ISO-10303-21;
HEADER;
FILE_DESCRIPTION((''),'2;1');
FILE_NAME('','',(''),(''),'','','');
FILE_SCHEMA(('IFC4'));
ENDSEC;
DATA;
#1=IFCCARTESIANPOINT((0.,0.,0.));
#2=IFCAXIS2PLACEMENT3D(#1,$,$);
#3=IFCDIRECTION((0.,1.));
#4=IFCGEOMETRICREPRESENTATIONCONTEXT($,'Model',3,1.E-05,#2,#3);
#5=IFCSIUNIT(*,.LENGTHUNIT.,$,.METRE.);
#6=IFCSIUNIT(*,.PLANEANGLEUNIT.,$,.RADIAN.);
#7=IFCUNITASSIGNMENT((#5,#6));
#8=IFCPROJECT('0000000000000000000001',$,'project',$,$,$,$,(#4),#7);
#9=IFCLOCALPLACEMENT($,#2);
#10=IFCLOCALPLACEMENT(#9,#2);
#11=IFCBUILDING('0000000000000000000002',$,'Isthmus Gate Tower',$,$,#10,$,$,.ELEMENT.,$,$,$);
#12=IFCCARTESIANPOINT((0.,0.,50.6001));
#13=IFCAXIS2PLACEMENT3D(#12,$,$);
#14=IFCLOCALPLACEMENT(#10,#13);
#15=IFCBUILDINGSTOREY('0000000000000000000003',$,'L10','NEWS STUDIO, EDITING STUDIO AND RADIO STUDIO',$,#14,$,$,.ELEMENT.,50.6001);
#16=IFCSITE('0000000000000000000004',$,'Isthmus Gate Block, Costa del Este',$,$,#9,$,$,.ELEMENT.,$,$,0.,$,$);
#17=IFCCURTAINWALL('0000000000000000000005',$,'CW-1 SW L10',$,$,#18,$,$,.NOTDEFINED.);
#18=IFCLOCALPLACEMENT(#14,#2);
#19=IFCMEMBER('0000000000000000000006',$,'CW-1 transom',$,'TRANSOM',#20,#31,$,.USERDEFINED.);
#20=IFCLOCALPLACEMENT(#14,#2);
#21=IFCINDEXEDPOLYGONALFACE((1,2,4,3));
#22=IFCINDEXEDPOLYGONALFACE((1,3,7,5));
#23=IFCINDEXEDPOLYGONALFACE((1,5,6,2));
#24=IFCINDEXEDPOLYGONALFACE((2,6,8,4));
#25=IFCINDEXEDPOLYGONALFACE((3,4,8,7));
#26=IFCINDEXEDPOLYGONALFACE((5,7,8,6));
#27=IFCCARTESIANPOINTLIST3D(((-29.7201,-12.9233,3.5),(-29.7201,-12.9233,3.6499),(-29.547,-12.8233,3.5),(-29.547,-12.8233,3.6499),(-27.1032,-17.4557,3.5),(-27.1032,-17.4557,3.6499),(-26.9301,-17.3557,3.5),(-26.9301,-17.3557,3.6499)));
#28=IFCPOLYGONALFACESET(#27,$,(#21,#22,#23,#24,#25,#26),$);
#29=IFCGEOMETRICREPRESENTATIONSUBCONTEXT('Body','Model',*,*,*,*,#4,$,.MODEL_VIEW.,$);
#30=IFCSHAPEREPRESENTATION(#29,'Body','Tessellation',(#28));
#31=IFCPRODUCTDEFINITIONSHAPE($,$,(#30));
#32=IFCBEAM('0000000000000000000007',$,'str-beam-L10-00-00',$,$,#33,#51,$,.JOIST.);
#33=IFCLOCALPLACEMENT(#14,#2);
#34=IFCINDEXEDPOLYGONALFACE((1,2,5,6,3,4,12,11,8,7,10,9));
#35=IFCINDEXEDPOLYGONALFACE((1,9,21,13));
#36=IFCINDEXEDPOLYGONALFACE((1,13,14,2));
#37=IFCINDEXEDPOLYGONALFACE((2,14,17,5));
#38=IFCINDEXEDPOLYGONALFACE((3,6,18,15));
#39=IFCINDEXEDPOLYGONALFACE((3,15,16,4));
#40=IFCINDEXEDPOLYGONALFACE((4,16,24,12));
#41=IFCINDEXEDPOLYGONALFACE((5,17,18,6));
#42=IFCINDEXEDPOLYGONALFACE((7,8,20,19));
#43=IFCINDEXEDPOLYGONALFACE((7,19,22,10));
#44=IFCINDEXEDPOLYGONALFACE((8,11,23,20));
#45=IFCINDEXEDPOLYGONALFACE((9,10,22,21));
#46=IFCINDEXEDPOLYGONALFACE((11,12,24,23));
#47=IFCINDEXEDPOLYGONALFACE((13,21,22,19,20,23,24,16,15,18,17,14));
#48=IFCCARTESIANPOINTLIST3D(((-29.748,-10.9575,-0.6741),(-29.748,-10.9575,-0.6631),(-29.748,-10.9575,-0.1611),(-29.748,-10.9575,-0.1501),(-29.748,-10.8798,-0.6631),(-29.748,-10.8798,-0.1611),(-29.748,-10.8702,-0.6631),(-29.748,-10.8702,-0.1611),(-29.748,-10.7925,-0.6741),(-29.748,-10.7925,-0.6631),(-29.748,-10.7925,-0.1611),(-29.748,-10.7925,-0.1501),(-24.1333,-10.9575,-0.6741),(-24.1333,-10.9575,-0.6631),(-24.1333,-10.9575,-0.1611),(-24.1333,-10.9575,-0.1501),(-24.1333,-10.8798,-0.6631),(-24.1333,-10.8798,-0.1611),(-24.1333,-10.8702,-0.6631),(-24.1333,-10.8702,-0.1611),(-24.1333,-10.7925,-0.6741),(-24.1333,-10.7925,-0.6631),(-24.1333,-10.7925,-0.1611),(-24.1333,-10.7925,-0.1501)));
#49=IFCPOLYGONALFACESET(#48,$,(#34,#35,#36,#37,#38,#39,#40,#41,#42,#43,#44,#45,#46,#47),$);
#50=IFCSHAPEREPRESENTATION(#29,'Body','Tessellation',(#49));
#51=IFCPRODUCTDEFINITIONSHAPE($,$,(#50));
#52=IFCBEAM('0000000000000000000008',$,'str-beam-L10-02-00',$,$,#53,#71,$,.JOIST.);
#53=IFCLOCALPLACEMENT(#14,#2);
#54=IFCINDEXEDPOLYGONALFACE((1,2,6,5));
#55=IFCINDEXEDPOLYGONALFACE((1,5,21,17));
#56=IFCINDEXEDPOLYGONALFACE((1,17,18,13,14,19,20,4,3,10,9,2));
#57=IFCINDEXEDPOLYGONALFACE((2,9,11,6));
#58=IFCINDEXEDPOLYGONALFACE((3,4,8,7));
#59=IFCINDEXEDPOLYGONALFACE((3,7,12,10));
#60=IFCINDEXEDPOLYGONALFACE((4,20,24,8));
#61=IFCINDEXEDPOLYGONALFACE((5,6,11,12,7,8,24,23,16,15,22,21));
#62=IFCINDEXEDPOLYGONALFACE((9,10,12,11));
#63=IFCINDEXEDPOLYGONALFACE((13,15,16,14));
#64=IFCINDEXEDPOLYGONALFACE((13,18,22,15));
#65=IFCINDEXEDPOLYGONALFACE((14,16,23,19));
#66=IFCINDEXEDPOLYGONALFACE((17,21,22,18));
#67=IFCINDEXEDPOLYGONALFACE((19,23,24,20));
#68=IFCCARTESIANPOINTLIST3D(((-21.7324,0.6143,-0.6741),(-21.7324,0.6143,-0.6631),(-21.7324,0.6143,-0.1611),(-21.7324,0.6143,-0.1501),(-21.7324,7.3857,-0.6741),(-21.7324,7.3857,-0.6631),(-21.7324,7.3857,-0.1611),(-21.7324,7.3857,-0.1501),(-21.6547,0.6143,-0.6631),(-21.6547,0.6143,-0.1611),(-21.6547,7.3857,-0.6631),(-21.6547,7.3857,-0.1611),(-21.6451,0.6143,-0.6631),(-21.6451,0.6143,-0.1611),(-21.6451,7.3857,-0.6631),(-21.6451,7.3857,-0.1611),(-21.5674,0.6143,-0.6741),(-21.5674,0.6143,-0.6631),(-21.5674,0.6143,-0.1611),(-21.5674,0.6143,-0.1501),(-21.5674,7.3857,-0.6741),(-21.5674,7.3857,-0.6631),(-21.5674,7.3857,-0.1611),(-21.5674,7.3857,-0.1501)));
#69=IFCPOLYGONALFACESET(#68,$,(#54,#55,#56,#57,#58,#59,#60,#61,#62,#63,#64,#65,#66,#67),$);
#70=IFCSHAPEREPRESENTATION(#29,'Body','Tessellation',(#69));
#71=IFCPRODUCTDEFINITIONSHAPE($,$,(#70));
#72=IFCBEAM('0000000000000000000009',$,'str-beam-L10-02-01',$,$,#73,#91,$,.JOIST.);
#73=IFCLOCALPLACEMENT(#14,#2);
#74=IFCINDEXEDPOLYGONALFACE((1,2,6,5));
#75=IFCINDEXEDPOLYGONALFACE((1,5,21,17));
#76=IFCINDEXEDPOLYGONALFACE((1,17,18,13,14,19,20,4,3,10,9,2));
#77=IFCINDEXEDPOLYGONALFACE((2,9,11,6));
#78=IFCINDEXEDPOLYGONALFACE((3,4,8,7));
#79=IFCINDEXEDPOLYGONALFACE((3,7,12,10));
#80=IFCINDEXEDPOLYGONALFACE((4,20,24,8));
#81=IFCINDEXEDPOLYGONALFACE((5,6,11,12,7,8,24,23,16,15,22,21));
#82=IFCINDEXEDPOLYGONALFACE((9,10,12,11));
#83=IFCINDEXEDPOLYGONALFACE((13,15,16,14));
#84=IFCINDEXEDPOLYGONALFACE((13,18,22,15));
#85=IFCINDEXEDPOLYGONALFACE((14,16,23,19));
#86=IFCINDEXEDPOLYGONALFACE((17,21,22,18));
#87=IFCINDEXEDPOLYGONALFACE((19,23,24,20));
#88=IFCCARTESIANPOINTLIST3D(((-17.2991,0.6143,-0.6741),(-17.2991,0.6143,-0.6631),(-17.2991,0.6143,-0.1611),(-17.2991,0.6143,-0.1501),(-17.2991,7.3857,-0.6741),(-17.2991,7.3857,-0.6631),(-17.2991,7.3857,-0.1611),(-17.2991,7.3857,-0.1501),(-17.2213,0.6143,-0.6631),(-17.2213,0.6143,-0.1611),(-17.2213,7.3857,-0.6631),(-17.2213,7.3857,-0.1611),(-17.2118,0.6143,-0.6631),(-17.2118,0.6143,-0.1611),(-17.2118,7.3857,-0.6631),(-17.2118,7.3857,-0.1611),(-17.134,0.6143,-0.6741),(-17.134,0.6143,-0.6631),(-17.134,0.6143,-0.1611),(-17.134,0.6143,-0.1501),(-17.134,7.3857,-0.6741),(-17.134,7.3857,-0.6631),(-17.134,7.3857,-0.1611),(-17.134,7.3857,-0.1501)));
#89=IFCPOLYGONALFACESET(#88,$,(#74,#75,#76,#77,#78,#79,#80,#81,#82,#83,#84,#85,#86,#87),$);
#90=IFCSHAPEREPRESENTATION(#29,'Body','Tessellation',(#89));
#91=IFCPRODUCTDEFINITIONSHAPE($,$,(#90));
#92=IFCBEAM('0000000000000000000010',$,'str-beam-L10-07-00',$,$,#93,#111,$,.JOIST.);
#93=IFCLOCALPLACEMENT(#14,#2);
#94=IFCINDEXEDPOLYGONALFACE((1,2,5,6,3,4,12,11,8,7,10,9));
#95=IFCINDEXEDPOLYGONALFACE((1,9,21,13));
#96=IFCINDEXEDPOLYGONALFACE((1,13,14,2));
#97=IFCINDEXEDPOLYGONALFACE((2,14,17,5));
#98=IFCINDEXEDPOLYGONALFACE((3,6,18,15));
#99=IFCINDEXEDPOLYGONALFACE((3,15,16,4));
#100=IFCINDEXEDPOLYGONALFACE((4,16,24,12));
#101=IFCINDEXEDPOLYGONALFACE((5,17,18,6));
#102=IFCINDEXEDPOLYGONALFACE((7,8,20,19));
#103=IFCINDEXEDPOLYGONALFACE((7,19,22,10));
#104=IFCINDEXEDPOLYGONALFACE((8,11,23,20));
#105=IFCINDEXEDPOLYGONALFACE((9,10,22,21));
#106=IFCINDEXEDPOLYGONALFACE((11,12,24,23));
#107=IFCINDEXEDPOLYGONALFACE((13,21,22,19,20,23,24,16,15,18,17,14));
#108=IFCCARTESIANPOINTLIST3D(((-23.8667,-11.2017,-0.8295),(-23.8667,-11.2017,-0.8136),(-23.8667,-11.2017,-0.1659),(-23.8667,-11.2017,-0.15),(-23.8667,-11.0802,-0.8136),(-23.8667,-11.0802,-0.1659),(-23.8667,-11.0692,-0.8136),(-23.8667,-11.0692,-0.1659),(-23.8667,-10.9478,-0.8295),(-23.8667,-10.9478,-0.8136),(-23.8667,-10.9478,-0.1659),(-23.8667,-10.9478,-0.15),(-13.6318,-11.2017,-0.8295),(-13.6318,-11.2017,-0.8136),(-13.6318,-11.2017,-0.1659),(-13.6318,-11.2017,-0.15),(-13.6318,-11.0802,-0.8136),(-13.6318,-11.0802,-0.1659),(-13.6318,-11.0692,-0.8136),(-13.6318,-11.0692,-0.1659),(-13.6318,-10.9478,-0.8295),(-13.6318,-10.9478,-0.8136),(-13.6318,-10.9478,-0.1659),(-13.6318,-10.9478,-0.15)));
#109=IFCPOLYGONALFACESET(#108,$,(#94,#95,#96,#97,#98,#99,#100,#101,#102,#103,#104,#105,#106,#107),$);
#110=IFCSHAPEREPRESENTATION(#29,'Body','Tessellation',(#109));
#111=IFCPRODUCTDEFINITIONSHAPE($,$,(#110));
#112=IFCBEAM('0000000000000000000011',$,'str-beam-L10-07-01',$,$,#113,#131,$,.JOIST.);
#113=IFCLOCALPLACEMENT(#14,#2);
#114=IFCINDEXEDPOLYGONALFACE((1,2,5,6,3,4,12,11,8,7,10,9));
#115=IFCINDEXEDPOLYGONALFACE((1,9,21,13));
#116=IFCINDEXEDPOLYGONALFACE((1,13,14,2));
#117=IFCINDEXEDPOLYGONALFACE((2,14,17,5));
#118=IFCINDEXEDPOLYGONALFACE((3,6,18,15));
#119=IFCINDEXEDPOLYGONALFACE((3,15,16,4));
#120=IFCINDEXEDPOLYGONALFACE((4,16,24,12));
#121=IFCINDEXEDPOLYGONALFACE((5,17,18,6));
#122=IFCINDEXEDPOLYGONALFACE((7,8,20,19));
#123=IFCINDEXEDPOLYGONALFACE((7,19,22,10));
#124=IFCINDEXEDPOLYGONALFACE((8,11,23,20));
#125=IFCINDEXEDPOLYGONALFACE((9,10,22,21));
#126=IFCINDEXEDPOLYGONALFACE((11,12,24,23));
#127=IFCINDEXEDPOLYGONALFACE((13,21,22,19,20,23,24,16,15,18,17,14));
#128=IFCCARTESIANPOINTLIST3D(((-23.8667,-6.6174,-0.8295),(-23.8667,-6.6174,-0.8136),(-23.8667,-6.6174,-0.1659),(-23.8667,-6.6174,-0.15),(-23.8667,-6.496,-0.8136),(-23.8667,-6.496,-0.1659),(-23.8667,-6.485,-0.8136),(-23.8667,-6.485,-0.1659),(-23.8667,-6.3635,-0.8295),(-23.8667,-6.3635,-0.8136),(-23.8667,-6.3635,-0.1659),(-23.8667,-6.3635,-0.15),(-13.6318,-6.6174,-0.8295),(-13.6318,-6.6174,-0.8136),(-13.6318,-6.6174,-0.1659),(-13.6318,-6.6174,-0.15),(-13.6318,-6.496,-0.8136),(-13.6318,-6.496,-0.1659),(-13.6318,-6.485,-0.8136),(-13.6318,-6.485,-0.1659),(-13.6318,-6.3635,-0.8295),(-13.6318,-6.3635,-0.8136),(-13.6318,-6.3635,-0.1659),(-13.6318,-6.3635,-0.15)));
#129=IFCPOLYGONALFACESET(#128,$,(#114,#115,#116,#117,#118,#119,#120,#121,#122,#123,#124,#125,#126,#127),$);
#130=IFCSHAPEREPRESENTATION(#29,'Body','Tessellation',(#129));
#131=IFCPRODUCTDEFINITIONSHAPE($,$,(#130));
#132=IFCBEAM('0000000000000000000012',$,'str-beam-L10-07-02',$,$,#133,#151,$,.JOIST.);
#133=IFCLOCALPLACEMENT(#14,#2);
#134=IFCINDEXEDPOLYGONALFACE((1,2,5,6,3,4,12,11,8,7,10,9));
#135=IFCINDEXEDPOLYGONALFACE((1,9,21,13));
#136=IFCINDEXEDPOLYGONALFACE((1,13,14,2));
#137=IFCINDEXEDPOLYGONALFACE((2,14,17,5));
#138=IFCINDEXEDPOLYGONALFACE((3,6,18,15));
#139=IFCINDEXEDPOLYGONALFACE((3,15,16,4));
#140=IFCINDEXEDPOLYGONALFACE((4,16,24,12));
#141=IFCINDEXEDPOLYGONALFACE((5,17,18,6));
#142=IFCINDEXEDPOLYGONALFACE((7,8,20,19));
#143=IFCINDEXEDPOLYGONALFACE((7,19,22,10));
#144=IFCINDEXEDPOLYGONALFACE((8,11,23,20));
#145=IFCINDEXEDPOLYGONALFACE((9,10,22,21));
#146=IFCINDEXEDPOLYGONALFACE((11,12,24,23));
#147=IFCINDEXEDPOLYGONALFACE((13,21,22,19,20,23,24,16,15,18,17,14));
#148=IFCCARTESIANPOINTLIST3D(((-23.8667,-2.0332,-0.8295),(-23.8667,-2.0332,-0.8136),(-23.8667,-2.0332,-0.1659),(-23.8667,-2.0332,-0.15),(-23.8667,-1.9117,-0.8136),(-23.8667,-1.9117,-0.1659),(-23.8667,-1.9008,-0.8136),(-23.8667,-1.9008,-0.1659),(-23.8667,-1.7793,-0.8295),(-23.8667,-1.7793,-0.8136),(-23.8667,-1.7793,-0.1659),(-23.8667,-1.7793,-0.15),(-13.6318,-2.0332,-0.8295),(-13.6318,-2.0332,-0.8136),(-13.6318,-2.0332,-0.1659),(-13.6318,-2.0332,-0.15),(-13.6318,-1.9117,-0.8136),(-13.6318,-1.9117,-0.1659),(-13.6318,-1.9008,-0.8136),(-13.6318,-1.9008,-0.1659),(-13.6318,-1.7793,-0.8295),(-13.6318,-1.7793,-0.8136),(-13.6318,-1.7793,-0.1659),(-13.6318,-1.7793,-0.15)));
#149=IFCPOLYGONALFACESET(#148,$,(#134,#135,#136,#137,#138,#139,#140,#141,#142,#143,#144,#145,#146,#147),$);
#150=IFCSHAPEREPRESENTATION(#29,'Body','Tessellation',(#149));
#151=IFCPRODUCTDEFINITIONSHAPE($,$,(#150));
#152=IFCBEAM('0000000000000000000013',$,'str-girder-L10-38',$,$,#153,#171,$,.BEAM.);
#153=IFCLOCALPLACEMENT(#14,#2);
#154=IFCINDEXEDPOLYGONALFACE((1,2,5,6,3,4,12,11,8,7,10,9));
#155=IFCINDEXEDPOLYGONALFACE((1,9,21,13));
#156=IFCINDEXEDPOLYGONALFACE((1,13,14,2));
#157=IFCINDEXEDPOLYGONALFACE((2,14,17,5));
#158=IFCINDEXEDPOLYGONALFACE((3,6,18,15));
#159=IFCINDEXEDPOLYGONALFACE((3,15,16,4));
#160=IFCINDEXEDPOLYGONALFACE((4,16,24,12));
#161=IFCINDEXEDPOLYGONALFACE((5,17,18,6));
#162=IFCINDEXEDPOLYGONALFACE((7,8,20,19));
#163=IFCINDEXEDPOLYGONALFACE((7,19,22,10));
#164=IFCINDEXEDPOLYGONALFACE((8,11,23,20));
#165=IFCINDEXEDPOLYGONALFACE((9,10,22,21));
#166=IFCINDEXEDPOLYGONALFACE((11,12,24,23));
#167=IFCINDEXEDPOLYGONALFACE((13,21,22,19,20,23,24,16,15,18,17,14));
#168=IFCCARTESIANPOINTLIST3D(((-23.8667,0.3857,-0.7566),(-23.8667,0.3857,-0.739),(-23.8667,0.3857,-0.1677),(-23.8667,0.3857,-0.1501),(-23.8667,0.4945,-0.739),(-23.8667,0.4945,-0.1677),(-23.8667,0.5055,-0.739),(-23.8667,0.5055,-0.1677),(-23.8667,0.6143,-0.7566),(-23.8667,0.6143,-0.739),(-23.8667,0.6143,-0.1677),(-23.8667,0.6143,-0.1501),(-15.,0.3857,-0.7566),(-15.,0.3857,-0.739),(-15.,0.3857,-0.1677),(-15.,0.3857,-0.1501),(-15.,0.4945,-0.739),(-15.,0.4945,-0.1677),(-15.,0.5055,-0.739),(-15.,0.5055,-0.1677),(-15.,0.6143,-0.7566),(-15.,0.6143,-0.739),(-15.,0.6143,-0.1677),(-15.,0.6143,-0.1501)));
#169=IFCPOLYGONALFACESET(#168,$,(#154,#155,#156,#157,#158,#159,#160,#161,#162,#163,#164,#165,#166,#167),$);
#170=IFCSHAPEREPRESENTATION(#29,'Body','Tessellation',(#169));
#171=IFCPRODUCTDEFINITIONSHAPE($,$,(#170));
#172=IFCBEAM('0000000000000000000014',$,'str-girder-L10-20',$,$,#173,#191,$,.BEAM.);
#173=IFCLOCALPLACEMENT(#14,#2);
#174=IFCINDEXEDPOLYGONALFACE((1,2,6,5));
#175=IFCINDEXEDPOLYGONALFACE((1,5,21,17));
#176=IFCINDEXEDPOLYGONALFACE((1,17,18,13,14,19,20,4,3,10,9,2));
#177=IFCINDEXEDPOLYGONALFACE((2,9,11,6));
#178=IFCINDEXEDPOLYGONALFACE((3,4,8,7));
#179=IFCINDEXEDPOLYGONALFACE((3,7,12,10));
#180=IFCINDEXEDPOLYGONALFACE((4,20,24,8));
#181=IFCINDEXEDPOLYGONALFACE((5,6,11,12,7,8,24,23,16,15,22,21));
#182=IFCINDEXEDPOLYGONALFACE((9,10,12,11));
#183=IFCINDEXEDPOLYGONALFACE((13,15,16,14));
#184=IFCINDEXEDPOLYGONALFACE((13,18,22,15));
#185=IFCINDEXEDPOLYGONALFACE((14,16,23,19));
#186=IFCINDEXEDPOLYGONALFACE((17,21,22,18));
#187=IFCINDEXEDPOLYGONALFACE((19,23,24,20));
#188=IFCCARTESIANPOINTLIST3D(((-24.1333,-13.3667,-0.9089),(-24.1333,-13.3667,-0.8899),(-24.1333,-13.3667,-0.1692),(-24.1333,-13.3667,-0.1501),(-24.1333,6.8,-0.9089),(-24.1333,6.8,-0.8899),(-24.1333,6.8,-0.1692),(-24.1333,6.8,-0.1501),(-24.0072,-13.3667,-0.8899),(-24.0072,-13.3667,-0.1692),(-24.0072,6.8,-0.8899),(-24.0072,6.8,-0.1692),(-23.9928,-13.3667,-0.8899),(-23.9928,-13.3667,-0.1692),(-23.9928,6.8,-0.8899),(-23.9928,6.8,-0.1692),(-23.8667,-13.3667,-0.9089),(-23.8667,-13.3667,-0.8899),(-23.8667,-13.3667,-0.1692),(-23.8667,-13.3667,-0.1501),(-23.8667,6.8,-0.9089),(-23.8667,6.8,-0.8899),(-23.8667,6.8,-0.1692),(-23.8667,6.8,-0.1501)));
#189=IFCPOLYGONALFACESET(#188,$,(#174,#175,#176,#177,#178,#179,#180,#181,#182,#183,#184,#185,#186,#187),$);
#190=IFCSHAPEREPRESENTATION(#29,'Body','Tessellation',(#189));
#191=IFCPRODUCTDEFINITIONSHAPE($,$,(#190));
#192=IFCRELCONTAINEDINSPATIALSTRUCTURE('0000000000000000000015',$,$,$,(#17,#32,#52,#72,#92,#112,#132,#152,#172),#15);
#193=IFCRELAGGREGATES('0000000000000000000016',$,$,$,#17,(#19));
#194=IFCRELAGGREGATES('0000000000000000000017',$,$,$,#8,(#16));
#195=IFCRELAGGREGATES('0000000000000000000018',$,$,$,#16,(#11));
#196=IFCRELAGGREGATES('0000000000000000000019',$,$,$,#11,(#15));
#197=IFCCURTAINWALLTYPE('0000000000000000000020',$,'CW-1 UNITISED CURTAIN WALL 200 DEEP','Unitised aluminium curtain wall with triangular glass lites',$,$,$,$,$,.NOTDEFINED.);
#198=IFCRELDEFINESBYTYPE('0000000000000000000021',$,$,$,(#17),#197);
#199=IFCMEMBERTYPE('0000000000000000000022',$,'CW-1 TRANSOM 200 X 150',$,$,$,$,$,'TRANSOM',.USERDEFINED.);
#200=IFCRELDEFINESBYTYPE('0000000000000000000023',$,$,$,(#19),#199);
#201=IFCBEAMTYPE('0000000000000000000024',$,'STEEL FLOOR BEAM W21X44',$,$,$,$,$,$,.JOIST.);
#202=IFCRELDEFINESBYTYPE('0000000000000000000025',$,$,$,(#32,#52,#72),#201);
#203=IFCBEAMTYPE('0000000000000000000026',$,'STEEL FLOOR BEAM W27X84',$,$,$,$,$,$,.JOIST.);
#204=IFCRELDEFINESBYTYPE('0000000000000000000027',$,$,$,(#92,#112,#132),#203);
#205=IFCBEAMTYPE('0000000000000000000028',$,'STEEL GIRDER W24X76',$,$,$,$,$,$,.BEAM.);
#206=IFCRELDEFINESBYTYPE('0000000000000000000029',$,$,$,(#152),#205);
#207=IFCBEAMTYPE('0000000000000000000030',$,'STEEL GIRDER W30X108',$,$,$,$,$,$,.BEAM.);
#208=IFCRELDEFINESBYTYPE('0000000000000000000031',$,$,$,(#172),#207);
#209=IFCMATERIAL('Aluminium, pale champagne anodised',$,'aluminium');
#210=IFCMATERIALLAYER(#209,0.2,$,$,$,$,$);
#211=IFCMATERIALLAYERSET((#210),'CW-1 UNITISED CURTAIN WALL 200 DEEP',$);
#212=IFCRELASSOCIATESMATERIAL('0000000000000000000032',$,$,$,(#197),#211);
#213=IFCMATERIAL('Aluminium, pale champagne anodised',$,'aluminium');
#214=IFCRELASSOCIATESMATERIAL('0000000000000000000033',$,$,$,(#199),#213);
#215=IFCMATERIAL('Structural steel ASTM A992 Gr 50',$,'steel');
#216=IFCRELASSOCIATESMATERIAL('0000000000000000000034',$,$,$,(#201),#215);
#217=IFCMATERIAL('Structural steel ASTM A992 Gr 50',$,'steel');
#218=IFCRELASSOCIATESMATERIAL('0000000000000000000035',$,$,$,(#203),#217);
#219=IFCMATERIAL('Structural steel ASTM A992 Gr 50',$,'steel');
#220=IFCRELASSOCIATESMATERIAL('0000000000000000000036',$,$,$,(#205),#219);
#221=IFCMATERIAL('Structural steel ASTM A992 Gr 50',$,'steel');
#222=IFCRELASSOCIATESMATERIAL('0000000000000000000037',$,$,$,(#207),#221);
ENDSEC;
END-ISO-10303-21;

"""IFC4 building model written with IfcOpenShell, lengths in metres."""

from ifc_helpers import new_model, si_unit, direction, frame, origin, origin_2d, place, context, subcontext, project, spatial, rectangle, i_section, extrude, material, layer, layer_set, material_profile, profile_set, type_object, element, aggregate, save


model = new_model("IFC4")

# Units and contexts
model_context = context("Model", 3, precision=1e-05, world=origin(), true_north=direction((0.0, 1.0)))
body_context = subcontext(model_context, "Body", "Model", "MODEL_VIEW")
ifc_project = project(units=[si_unit("LENGTHUNIT", "METRE"), si_unit("PLANEANGLEUNIT", "RADIAN")], contexts=[model_context])

# Site, building, storey
site_placement = place(None, origin())
site = spatial("IfcSite", under=ifc_project, at=site_placement, Name="Isthmus Gate Block, Costa del Este", CompositionType="ELEMENT", RefElevation=0.0)
building_placement = place(site_placement, origin())
building = spatial("IfcBuilding", under=site, at=building_placement, Name="Isthmus Gate Tower", CompositionType="ELEMENT")
storey_placement = place(building_placement, frame((0.0, 0.0, 50.6001)))
storey = spatial("IfcBuildingStorey", under=building, at=storey_placement, Name="L10", Description="NEWS STUDIO, EDITING STUDIO AND RADIO STUDIO", CompositionType="ELEMENT", Elevation=50.6001)

# Curtain wall, member
ifc_material_1 = material(Name="Aluminium, pale champagne anodised", Category="aluminium")
ifc_layer_1 = layer(ifc_material_1, 0.2)
ifc_layer_set_1 = layer_set([ifc_layer_1], Name="CW-1 UNITISED CURTAIN WALL 200 DEEP")
curtain_wall_type = type_object("IfcCurtainWallType", Name="CW-1 UNITISED CURTAIN WALL 200 DEEP", Description="Unitised aluminium curtain wall with triangular glass lites", PredefinedType="NOTDEFINED", material=ifc_layer_set_1)
curtain_wall_placement = place(storey_placement, origin())
curtain_wall = element("IfcCurtainWall", 1, at=curtain_wall_placement, inside=storey, type_object=curtain_wall_type, Name="CW-1 SW L10", PredefinedType="NOTDEFINED")
ifc_material_2 = material(Name="Aluminium, pale champagne anodised", Category="aluminium")
ifc_material_profile_1 = material_profile(ifc_material_2, rectangle(XDim=0.2, YDim=0.1499, at=origin_2d()), Name="200x150")
ifc_profile_set_1 = profile_set([ifc_material_profile_1], Name="Aluminium, pale champagne anodised")
member_type = type_object("IfcMemberType", Name="CW-1 TRANSOM 200 X 150", ElementType="TRANSOM", PredefinedType="USERDEFINED", material=ifc_profile_set_1)
member_placement = place(storey_placement, frame((-29.6335, -12.8733, 3.575), z_axis=(0.500017, -0.866015, 0.0), x_axis=(0.866015, 0.500017, 0.0)))
member = element("IfcMember", 2, at=member_placement, type_object=member_type, Name="CW-1 transom", ObjectType="TRANSOM", PredefinedType="USERDEFINED", context=body_context, shape_type="SweptSolid", body=[
    extrude(rectangle(XDim=0.2, YDim=0.1499, at=origin_2d()), origin(), (0.0, 0.0, 1.0), 5.2336),
])
aggregate(curtain_wall, [member])

# Beams
ifc_material_3 = material(Name="Structural steel ASTM A992 Gr 50", Category="steel")
ifc_material_profile_2 = material_profile(ifc_material_3, i_section(OverallWidth=0.165, OverallDepth=0.5239, WebThickness=0.0095, FlangeThickness=0.011, at=origin_2d()), Name="W21X44")
ifc_profile_set_2 = profile_set([ifc_material_profile_2], Name="Structural steel ASTM A992 Gr 50")
beam_type_1 = type_object("IfcBeamType", Name="STEEL FLOOR BEAM W21X44", PredefinedType="JOIST", material=ifc_profile_set_2)
beam_1_placement = place(storey_placement, frame((-29.748, -10.875, -0.4121), z_axis=(1.0, 0.0, 0.0), x_axis=(0.0, 1.0, 0.0)))
element("IfcBeam", 3, at=beam_1_placement, inside=storey, type_object=beam_type_1, Name="str-beam-L10-00-00", PredefinedType="JOIST", context=body_context, shape_type="SweptSolid", body=[
    extrude(i_section(OverallWidth=0.165, OverallDepth=0.5239, WebThickness=0.0095, FlangeThickness=0.011, at=origin_2d()), origin(), (0.0, 0.0, 1.0), 5.6147),
])
for number, where, z_axis, x_axis, name in (
    (4, (-21.6499, 0.6143, -0.4121), (0.0, 1.0, 0.0), (-1.0, 0.0, 0.0), "str-beam-L10-02-00"),
    (5, (-17.2166, 0.6143, -0.4121), (0.0, 1.0, 0.0), (-1.0, 0.0, 0.0), "str-beam-L10-02-01"),
):
    element("IfcBeam", number, at=place(storey_placement, frame(where, z_axis=z_axis, x_axis=x_axis)), inside=storey, type_object=beam_type_1, Name=name, PredefinedType="JOIST", context=body_context, shape_type="SweptSolid", body=[
        extrude(i_section(OverallWidth=0.165, OverallDepth=0.5239, WebThickness=0.0095, FlangeThickness=0.011, at=origin_2d()), origin(), (0.0, 0.0, 1.0), 6.7715),
    ])
ifc_material_4 = material(Name="Structural steel ASTM A992 Gr 50", Category="steel")
ifc_material_profile_3 = material_profile(ifc_material_4, i_section(OverallWidth=0.2539, OverallDepth=0.6794, WebThickness=0.011, FlangeThickness=0.0159, at=origin_2d()), Name="W27X84")
ifc_profile_set_3 = profile_set([ifc_material_profile_3], Name="Structural steel ASTM A992 Gr 50")
beam_type_2 = type_object("IfcBeamType", Name="STEEL FLOOR BEAM W27X84", PredefinedType="JOIST", material=ifc_profile_set_3)
for number, where, z_axis, x_axis, name in (
    (6, (-23.8667, -11.0747, -0.4897), (1.0, 0.0, 0.0), (0.0, 1.0, 0.0), "str-beam-L10-07-00"),
    (7, (-23.8667, -6.4905, -0.4897), (1.0, 0.0, 0.0), (0.0, 1.0, 0.0), "str-beam-L10-07-01"),
    (8, (-23.8667, -1.9062, -0.4897), (1.0, 0.0, 0.0), (0.0, 1.0, 0.0), "str-beam-L10-07-02"),
):
    element("IfcBeam", number, at=place(storey_placement, frame(where, z_axis=z_axis, x_axis=x_axis)), inside=storey, type_object=beam_type_2, Name=name, PredefinedType="JOIST", context=body_context, shape_type="SweptSolid", body=[
        extrude(i_section(OverallWidth=0.2539, OverallDepth=0.6794, WebThickness=0.011, FlangeThickness=0.0159, at=origin_2d()), origin(), (0.0, 0.0, 1.0), 10.2349),
    ])
ifc_material_5 = material(Name="Structural steel ASTM A992 Gr 50", Category="steel")
ifc_material_profile_4 = material_profile(ifc_material_5, i_section(OverallWidth=0.2285, OverallDepth=0.6064, WebThickness=0.011, FlangeThickness=0.0176, at=origin_2d()), Name="W24X76")
ifc_profile_set_4 = profile_set([ifc_material_profile_4], Name="Structural steel ASTM A992 Gr 50")
beam_type_3 = type_object("IfcBeamType", Name="STEEL GIRDER W24X76", PredefinedType="BEAM", material=ifc_profile_set_4)
beam_2_placement = place(storey_placement, frame((-15.0, 0.5, -0.4534), z_axis=(-1.0, 0.0, 0.0), x_axis=(0.0, -1.0, 0.0)))
element("IfcBeam", 9, at=beam_2_placement, inside=storey, type_object=beam_type_3, Name="str-girder-L10-38", PredefinedType="BEAM", context=body_context, shape_type="SweptSolid", body=[
    extrude(i_section(OverallWidth=0.2285, OverallDepth=0.6064, WebThickness=0.011, FlangeThickness=0.0176, at=origin_2d()), origin(), (0.0, 0.0, 1.0), 8.8667),
])
ifc_material_6 = material(Name="Structural steel ASTM A992 Gr 50", Category="steel")
ifc_material_profile_5 = material_profile(ifc_material_6, i_section(OverallWidth=0.2666, OverallDepth=0.7588, WebThickness=0.0144, FlangeThickness=0.019, at=origin_2d()), Name="W30X108")
ifc_profile_set_5 = profile_set([ifc_material_profile_5], Name="Structural steel ASTM A992 Gr 50")
beam_type_4 = type_object("IfcBeamType", Name="STEEL GIRDER W30X108", PredefinedType="BEAM", material=ifc_profile_set_5)
beam_3_placement = place(storey_placement, frame((-24.0, -13.3667, -0.5295), z_axis=(0.0, 1.0, 0.0), x_axis=(-1.0, 0.0, 0.0)))
element("IfcBeam", 10, at=beam_3_placement, inside=storey, type_object=beam_type_4, Name="str-girder-L10-20", PredefinedType="BEAM", context=body_context, shape_type="SweptSolid", body=[
    extrude(i_section(OverallWidth=0.2666, OverallDepth=0.7588, WebThickness=0.0144, FlangeThickness=0.019, at=origin_2d()), origin(), (0.0, 0.0, 1.0), 20.1667),
])

save(model, "model.ifc")
